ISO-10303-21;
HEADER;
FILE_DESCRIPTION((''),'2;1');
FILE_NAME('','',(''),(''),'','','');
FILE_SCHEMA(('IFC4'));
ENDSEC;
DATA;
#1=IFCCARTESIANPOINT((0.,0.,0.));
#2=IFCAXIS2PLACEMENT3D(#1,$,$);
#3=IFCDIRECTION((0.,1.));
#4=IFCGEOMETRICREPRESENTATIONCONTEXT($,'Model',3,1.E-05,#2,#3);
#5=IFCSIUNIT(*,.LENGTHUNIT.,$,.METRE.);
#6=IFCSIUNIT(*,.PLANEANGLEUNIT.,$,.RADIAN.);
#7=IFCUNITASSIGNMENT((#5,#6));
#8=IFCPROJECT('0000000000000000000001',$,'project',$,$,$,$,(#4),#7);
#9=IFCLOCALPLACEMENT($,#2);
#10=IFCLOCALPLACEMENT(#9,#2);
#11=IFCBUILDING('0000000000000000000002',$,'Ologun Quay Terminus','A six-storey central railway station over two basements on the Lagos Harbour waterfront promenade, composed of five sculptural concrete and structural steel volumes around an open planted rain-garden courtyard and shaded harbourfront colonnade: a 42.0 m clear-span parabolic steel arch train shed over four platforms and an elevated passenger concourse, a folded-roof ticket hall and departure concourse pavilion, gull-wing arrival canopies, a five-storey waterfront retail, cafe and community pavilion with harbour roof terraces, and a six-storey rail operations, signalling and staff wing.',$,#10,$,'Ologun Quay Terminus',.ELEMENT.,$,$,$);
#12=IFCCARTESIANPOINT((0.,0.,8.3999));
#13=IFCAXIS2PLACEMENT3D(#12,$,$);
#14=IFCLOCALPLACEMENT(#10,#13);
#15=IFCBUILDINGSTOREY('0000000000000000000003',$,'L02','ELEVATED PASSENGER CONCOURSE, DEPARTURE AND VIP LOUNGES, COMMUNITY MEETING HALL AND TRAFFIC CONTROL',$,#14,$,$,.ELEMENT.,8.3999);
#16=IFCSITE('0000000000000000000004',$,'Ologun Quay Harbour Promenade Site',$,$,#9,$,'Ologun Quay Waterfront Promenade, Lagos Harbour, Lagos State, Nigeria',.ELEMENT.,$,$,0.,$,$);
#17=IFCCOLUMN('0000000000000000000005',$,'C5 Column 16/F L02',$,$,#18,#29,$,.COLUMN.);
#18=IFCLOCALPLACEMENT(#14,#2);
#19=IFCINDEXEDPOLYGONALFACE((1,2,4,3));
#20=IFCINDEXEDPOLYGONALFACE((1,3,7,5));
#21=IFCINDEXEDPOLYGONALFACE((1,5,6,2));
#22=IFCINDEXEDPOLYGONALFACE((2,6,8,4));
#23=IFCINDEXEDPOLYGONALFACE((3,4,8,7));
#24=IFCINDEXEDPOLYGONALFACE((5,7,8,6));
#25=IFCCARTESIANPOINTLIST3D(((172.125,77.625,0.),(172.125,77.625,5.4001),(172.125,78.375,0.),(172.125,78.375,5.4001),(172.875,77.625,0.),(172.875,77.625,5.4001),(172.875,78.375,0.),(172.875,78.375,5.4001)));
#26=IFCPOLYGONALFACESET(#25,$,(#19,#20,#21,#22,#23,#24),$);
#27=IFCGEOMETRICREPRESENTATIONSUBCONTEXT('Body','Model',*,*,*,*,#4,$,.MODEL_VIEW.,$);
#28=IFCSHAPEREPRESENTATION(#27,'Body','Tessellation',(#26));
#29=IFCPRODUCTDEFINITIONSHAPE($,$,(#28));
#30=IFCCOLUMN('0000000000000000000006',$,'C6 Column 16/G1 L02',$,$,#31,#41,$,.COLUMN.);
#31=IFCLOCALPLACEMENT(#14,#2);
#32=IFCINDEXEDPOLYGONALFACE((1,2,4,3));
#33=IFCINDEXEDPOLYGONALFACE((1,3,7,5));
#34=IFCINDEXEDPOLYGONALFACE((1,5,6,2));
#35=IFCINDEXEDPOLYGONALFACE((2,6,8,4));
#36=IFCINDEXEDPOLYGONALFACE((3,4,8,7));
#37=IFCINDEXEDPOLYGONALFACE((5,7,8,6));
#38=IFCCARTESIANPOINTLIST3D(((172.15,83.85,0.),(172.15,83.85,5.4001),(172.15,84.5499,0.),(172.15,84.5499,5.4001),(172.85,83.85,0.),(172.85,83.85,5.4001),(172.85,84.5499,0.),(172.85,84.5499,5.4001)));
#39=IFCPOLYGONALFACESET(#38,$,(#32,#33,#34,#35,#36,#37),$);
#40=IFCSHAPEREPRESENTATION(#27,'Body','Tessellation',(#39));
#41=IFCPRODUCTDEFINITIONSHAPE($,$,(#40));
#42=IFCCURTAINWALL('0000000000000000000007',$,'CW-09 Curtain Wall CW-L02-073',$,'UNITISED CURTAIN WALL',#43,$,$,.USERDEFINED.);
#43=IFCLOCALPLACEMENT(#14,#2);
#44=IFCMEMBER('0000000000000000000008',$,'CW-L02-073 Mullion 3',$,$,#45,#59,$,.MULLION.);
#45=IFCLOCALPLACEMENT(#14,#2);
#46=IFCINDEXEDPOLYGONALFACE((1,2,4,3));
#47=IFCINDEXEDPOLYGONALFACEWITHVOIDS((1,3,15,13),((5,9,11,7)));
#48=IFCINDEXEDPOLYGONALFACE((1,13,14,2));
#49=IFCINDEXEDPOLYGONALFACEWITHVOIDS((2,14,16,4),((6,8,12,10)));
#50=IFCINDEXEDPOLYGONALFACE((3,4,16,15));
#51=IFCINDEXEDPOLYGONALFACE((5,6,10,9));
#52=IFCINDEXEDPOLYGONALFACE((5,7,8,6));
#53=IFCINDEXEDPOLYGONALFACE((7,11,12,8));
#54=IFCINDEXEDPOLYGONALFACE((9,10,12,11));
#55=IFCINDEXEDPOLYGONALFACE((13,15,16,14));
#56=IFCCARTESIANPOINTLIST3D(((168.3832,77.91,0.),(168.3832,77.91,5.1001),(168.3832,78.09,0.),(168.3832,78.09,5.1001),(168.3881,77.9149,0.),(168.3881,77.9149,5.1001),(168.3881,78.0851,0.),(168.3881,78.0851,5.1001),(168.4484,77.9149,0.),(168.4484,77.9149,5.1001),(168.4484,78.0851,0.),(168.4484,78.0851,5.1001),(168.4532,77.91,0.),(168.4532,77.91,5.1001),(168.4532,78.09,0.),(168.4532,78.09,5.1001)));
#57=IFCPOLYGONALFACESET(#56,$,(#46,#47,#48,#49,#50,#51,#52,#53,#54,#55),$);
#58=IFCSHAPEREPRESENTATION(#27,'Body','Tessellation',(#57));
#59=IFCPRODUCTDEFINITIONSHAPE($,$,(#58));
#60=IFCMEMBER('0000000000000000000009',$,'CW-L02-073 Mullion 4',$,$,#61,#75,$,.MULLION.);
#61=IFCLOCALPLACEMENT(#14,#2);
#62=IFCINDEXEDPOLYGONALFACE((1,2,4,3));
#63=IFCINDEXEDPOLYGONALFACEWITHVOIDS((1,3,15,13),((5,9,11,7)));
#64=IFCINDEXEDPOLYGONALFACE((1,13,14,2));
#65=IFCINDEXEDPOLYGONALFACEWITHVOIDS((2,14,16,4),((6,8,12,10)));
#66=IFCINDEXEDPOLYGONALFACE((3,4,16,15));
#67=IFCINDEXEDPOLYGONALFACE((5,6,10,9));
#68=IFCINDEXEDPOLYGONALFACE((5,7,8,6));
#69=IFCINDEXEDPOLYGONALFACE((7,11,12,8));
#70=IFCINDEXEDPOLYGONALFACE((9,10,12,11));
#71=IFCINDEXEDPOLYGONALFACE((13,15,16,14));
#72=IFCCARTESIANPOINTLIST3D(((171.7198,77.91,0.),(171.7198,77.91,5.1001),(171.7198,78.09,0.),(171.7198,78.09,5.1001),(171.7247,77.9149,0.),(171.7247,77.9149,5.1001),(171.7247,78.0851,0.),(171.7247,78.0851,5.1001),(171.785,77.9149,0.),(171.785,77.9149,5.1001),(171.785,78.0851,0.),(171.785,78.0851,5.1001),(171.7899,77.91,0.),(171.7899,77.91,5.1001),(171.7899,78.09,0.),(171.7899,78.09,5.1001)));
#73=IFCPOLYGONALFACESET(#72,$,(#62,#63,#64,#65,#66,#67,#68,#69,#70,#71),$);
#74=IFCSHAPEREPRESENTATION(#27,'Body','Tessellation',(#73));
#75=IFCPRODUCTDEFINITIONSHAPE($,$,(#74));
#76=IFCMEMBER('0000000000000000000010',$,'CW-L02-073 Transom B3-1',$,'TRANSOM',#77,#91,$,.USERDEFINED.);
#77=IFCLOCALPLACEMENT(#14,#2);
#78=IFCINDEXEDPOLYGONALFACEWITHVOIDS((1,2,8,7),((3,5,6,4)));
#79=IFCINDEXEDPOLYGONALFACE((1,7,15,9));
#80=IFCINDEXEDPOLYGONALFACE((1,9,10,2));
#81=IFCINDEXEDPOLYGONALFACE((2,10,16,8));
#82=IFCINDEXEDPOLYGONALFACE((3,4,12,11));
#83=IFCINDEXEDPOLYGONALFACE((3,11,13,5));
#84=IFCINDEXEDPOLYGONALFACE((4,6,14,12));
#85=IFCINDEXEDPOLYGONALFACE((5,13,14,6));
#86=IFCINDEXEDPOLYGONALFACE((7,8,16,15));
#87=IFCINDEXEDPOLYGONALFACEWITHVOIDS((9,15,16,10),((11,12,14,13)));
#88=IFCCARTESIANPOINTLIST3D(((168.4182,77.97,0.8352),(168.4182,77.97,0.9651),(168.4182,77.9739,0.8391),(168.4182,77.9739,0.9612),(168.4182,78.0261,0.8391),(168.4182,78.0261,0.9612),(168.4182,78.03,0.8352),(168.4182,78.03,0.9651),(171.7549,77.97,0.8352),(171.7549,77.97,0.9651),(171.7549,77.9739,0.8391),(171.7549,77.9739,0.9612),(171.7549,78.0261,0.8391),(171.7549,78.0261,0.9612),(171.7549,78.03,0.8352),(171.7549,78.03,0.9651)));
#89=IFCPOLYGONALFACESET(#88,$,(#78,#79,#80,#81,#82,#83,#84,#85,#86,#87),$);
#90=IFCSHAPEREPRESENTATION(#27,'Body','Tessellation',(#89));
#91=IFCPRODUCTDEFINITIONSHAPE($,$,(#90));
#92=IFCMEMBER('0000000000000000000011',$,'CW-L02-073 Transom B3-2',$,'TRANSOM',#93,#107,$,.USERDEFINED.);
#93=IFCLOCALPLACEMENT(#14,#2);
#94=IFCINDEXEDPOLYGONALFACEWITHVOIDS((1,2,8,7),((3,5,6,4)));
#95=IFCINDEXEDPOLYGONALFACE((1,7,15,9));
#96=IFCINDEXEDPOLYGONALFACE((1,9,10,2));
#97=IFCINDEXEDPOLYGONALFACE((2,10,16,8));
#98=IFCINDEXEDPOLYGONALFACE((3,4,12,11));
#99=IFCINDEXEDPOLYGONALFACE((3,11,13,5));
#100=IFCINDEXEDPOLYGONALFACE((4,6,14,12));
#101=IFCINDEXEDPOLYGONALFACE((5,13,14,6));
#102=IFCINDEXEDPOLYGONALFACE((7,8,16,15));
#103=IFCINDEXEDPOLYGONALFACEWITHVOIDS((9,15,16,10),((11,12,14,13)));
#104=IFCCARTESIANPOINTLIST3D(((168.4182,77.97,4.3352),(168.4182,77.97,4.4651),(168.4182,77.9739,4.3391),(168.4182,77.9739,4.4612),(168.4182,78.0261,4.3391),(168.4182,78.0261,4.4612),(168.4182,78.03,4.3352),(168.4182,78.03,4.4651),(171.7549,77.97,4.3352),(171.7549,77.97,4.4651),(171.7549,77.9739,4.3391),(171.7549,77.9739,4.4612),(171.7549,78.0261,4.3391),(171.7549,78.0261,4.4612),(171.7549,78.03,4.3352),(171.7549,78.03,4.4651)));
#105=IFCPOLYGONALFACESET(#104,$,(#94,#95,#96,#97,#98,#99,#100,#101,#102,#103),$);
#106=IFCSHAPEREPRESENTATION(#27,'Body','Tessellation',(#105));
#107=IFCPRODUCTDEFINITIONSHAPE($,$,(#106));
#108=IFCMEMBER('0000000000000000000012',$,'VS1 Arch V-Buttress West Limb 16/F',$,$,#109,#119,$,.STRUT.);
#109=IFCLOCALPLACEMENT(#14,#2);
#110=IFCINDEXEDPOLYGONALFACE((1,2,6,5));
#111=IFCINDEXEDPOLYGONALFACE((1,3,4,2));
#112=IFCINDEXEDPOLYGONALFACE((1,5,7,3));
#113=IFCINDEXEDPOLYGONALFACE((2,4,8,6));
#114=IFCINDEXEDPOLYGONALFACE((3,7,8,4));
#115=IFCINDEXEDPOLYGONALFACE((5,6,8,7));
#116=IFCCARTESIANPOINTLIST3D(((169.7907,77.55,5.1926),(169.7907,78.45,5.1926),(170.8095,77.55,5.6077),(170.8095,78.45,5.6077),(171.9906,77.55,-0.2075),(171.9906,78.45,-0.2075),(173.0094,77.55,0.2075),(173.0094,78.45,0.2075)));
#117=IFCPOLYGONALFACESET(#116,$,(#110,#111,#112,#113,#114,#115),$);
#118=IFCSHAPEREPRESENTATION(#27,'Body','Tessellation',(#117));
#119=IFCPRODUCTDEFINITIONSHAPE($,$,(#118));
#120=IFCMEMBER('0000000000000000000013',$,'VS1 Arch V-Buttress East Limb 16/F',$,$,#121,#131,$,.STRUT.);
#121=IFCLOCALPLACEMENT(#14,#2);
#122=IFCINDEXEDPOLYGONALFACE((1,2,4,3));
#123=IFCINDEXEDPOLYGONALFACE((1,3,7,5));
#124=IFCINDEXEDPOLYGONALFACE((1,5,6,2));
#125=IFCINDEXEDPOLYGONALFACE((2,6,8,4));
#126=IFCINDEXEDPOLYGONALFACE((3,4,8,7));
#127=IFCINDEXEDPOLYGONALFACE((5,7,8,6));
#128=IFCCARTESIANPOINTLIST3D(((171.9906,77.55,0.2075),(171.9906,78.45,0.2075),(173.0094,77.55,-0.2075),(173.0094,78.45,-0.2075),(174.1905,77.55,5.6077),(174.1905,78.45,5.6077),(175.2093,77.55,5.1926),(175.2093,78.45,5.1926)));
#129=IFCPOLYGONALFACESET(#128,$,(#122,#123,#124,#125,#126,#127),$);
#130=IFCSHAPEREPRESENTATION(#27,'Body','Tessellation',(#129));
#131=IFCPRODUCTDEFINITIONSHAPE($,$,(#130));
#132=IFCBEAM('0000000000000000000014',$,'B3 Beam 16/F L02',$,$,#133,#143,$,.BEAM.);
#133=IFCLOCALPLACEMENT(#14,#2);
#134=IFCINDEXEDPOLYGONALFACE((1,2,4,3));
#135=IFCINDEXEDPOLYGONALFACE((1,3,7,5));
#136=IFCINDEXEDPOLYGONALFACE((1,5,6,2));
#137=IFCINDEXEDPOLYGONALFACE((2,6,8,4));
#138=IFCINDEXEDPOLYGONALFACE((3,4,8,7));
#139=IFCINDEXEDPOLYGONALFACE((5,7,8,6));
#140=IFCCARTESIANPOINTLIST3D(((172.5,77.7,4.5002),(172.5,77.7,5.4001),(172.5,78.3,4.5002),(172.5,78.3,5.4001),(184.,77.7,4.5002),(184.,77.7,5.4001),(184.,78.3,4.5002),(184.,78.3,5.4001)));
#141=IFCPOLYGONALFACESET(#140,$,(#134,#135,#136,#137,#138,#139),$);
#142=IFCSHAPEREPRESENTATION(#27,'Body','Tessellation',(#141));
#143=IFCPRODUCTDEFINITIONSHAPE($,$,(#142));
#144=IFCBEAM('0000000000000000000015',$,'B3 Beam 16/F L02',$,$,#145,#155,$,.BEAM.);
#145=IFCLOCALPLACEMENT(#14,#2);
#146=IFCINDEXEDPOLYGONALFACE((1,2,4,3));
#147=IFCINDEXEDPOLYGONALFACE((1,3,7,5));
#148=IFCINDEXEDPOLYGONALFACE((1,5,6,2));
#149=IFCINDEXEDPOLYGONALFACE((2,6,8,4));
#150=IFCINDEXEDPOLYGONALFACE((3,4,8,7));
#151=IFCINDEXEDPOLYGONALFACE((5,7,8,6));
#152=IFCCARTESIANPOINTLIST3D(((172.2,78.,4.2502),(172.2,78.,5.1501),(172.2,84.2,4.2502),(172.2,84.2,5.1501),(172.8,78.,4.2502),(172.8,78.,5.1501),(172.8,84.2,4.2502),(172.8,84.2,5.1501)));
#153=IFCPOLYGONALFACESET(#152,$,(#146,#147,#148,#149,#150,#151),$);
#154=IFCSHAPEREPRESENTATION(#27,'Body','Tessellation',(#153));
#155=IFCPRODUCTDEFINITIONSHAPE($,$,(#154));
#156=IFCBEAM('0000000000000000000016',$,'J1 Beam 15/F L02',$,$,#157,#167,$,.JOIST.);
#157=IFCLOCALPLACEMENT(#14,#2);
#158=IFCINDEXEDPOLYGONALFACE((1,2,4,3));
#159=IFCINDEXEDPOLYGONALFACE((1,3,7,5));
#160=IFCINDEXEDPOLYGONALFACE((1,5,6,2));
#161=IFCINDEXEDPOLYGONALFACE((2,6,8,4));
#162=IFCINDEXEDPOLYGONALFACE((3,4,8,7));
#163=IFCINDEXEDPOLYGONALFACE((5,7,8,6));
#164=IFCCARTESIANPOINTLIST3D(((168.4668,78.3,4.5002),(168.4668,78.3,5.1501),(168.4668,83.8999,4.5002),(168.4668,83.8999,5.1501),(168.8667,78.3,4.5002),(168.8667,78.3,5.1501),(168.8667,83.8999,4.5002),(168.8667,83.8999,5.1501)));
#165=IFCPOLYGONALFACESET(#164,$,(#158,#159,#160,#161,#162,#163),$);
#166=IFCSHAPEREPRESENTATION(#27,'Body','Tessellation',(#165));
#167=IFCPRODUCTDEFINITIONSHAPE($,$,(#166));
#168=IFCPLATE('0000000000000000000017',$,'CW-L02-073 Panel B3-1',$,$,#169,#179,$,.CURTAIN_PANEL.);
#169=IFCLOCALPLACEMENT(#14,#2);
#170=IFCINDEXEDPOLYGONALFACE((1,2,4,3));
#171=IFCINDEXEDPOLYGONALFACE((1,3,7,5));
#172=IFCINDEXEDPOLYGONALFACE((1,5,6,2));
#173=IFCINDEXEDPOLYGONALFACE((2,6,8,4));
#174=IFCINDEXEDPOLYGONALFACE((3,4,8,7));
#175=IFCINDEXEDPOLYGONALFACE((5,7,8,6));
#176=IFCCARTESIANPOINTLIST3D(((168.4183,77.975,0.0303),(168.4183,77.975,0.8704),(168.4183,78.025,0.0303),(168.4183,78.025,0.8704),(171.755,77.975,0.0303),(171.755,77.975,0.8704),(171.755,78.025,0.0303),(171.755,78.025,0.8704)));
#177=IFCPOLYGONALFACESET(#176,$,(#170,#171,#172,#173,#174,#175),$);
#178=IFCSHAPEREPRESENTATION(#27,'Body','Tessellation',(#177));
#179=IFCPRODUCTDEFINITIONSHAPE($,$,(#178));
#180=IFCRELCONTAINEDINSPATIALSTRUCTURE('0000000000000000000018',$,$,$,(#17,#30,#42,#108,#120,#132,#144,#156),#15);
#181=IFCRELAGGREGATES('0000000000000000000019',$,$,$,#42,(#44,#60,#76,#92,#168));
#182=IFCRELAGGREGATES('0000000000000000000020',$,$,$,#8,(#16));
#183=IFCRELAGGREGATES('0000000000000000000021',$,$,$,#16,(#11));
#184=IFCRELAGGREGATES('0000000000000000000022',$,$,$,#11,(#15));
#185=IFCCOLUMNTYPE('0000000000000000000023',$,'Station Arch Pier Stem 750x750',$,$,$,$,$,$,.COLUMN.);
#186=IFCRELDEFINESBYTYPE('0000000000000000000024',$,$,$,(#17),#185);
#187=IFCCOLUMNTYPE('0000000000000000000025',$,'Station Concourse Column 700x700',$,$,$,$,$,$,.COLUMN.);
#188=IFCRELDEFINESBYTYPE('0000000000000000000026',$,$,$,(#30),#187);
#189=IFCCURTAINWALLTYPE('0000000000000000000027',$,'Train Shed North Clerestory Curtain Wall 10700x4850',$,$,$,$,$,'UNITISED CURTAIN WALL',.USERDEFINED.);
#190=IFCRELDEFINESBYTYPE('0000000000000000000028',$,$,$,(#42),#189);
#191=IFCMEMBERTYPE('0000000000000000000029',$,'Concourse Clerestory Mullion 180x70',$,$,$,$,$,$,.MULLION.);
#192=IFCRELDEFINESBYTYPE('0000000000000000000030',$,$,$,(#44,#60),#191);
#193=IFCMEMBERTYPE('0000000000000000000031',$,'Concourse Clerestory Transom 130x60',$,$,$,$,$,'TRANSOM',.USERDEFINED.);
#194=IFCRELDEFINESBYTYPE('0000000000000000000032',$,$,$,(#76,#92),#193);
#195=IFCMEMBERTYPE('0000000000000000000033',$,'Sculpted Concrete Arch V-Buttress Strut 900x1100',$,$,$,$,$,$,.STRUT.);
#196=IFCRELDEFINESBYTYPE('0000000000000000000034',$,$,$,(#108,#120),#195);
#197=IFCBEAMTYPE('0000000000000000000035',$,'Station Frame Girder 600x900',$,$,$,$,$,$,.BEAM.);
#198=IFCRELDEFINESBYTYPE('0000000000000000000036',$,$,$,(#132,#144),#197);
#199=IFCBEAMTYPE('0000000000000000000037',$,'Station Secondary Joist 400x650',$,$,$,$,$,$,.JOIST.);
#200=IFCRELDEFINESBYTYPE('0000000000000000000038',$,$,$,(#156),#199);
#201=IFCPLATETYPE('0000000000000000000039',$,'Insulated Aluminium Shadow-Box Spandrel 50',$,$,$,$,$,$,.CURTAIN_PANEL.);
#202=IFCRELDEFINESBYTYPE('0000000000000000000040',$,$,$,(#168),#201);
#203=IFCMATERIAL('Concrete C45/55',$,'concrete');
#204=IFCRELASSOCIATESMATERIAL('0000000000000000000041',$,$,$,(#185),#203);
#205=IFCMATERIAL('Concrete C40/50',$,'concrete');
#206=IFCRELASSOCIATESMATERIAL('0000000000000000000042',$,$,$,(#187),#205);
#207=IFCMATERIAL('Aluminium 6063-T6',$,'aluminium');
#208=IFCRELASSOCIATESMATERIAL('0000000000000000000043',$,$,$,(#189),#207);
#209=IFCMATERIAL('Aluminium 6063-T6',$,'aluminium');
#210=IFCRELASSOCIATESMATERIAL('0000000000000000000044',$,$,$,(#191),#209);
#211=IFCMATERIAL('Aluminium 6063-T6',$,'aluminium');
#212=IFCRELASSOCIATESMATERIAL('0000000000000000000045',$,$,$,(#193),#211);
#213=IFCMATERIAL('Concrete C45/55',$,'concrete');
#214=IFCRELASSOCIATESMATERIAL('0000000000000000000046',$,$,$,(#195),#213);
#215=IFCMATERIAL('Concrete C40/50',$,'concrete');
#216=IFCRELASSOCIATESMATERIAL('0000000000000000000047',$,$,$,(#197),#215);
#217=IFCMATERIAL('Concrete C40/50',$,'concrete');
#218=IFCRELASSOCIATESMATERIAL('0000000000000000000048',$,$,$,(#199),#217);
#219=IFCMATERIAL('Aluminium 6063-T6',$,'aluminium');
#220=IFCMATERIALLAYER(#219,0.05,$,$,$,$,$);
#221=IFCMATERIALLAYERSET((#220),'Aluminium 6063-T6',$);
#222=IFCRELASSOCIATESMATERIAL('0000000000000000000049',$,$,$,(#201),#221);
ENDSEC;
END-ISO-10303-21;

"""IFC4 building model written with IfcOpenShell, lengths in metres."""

from ifc_helpers import new_model, si_unit, direction, frame, origin, origin_2d, place, context, subcontext, project, spatial, rectangle, hollow_rectangle, extrude, material, layer, layer_set, material_profile, profile_set, type_object, element, aggregate, save


model = new_model("IFC4")

# Units and contexts
model_context = context("Model", 3, precision=1e-05, world=origin(), true_north=direction((0.0, 1.0)))
body_context = subcontext(model_context, "Body", "Model", "MODEL_VIEW")
ifc_project = project(units=[si_unit("LENGTHUNIT", "METRE"), si_unit("PLANEANGLEUNIT", "RADIAN")], contexts=[model_context])

# Site, building, storey
site_placement = place(None, origin())
site = spatial("IfcSite", under=ifc_project, at=site_placement, Name="Ologun Quay Harbour Promenade Site", LongName="Ologun Quay Waterfront Promenade, Lagos Harbour, Lagos State, Nigeria", CompositionType="ELEMENT", RefElevation=0.0)
building_placement = place(site_placement, origin())
building = spatial("IfcBuilding", under=site, at=building_placement, Name="Ologun Quay Terminus", Description="A six-storey central railway station over two basements on the Lagos Harbour waterfront promenade, composed of five sculptural concrete and structural steel volumes around an open planted rain-garden courtyard and shaded harbourfront colonnade: a 42.0 m clear-span parabolic steel arch train shed over four platforms and an elevated passenger concourse, a folded-roof ticket hall and departure concourse pavilion, gull-wing arrival canopies, a five-storey waterfront retail, cafe and community pavilion with harbour roof terraces, and a six-storey rail operations, signalling and staff wing.", LongName="Ologun Quay Terminus", CompositionType="ELEMENT")
storey_placement = place(building_placement, frame((0.0, 0.0, 8.3999)))
storey = spatial("IfcBuildingStorey", under=building, at=storey_placement, Name="L02", Description="ELEVATED PASSENGER CONCOURSE, DEPARTURE AND VIP LOUNGES, COMMUNITY MEETING HALL AND TRAFFIC CONTROL", CompositionType="ELEMENT", Elevation=8.3999)

# Columns
ifc_material_1 = material(Name="Concrete C45/55", Category="concrete")
ifc_material_profile_1 = material_profile(ifc_material_1, rectangle(XDim=0.75, YDim=0.75, at=origin_2d()), Name="RC 750x750")
ifc_profile_set_1 = profile_set([ifc_material_profile_1], Name="Concrete C45/55")
column_type_1 = type_object("IfcColumnType", Name="Station Arch Pier Stem 750x750", PredefinedType="COLUMN", material=ifc_profile_set_1)
column_1_placement = place(storey_placement, frame((172.5, 78.0, 0.0), z_axis=(0.0, 0.0, 1.0), x_axis=(1.0, 0.0, 0.0)))
element("IfcColumn", 1, at=column_1_placement, inside=storey, type_object=column_type_1, Name="C5 Column 16/F L02", PredefinedType="COLUMN", context=body_context, shape_type="SweptSolid", body=[
    extrude(rectangle(XDim=0.75, YDim=0.75, at=origin_2d()), origin(), (0.0, 0.0, 1.0), 5.4001),
])
ifc_material_2 = material(Name="Concrete C40/50", Category="concrete")
ifc_material_profile_2 = material_profile(ifc_material_2, rectangle(XDim=0.7, YDim=0.7, at=origin_2d()), Name="RC 700x700")
ifc_profile_set_2 = profile_set([ifc_material_profile_2], Name="Concrete C40/50")
column_type_2 = type_object("IfcColumnType", Name="Station Concourse Column 700x700", PredefinedType="COLUMN", material=ifc_profile_set_2)
column_2_placement = place(storey_placement, frame((172.5, 84.2, 0.0), z_axis=(0.0, 0.0, 1.0), x_axis=(1.0, 0.0, 0.0)))
element("IfcColumn", 2, at=column_2_placement, inside=storey, type_object=column_type_2, Name="C6 Column 16/G1 L02", PredefinedType="COLUMN", context=body_context, shape_type="SweptSolid", body=[
    extrude(rectangle(XDim=0.7, YDim=0.7, at=origin_2d()), origin(), (0.0, 0.0, 1.0), 5.4001),
])

# Curtain wall, members
ifc_material_3 = material(Name="Aluminium 6063-T6", Category="aluminium")
curtain_wall_type = type_object("IfcCurtainWallType", Name="Train Shed North Clerestory Curtain Wall 10700x4850", ElementType="UNITISED CURTAIN WALL", PredefinedType="USERDEFINED", material=ifc_material_3)
curtain_wall_placement = place(storey_placement, origin())
curtain_wall = element("IfcCurtainWall", 3, at=curtain_wall_placement, inside=storey, type_object=curtain_wall_type, Name="CW-09 Curtain Wall CW-L02-073", ObjectType="UNITISED CURTAIN WALL", PredefinedType="USERDEFINED")
ifc_material_4 = material(Name="Aluminium 6063-T6", Category="aluminium")
ifc_material_profile_3 = material_profile(ifc_material_4, hollow_rectangle(XDim=0.0701, YDim=0.1799, WallThickness=0.0049, at=origin_2d()), Name="ALU 180x70x5")
ifc_profile_set_3 = profile_set([ifc_material_profile_3], Name="Aluminium 6063-T6")
member_type_1 = type_object("IfcMemberType", Name="Concourse Clerestory Mullion 180x70", PredefinedType="MULLION", material=ifc_profile_set_3)
member_1_placement = place(storey_placement, frame((168.4182, 78.0, 0.0), z_axis=(0.0, 0.0, 1.0), x_axis=(1.0, 0.0, 0.0)))
member_1 = element("IfcMember", 4, at=member_1_placement, type_object=member_type_1, Name="CW-L02-073 Mullion 3", PredefinedType="MULLION", context=body_context, shape_type="SweptSolid", body=[
    extrude(hollow_rectangle(XDim=0.0701, YDim=0.1799, WallThickness=0.0049, at=origin_2d()), origin(), (0.0, 0.0, 1.0), 5.1001),
])
member_2_placement = place(storey_placement, frame((171.7549, 78.0, 0.0), z_axis=(0.0, 0.0, 1.0), x_axis=(1.0, 0.0, 0.0)))
member_2 = element("IfcMember", 5, at=member_2_placement, type_object=member_type_1, Name="CW-L02-073 Mullion 4", PredefinedType="MULLION", context=body_context, shape_type="SweptSolid", body=[
    extrude(hollow_rectangle(XDim=0.0701, YDim=0.1799, WallThickness=0.0049, at=origin_2d()), origin(), (0.0, 0.0, 1.0), 5.1001),
])
ifc_material_5 = material(Name="Aluminium 6063-T6", Category="aluminium")
ifc_material_profile_4 = material_profile(ifc_material_5, hollow_rectangle(XDim=0.0601, YDim=0.1299, WallThickness=0.0039, at=origin_2d()), Name="ALU 130x60x4")
ifc_profile_set_4 = profile_set([ifc_material_profile_4], Name="Aluminium 6063-T6")
member_type_2 = type_object("IfcMemberType", Name="Concourse Clerestory Transom 130x60", ElementType="TRANSOM", PredefinedType="USERDEFINED", material=ifc_profile_set_4)
member_3_placement = place(storey_placement, frame((168.4182, 78.0, 0.9001), z_axis=(1.0, 0.0, 0.0), x_axis=(0.0, 1.0, 0.0)))
member_3 = element("IfcMember", 6, at=member_3_placement, type_object=member_type_2, Name="CW-L02-073 Transom B3-1", ObjectType="TRANSOM", PredefinedType="USERDEFINED", context=body_context, shape_type="SweptSolid", body=[
    extrude(hollow_rectangle(XDim=0.0601, YDim=0.1299, WallThickness=0.0039, at=origin_2d()), origin(), (0.0, 0.0, 1.0), 3.3367),
])
member_4_placement = place(storey_placement, frame((168.4182, 78.0, 4.4001), z_axis=(1.0, 0.0, 0.0), x_axis=(0.0, 1.0, 0.0)))
member_4 = element("IfcMember", 7, at=member_4_placement, type_object=member_type_2, Name="CW-L02-073 Transom B3-2", ObjectType="TRANSOM", PredefinedType="USERDEFINED", context=body_context, shape_type="SweptSolid", body=[
    extrude(hollow_rectangle(XDim=0.0601, YDim=0.1299, WallThickness=0.0039, at=origin_2d()), origin(), (0.0, 0.0, 1.0), 3.3367),
])

# Members
ifc_material_6 = material(Name="Concrete C45/55", Category="concrete")
ifc_material_profile_5 = material_profile(ifc_material_6, rectangle(XDim=0.8999, YDim=1.1001, at=origin_2d()), Name="RC 900x1100")
ifc_profile_set_5 = profile_set([ifc_material_profile_5], Name="Concrete C45/55")
member_type_3 = type_object("IfcMemberType", Name="Sculpted Concrete Arch V-Buttress Strut 900x1100", PredefinedType="STRUT", material=ifc_profile_set_5)
for number, where, z_axis, x_axis, name in (
    (8, (172.5, 78.0, 0.0), (-0.377281, 0.0, 0.926099), (0.0, -1.0, 0.0), "VS1 Arch V-Buttress West Limb 16/F"),
    (9, (172.5, 78.0, 0.0), (0.377281, 0.0, 0.926099), (0.0, 1.0, 0.0), "VS1 Arch V-Buttress East Limb 16/F"),
):
    element("IfcMember", number, at=place(storey_placement, frame(where, z_axis=z_axis, x_axis=x_axis)), inside=storey, type_object=member_type_3, Name=name, PredefinedType="STRUT", context=body_context, shape_type="SweptSolid", body=[
        extrude(rectangle(XDim=0.8999, YDim=1.1001, at=origin_2d()), origin(), (0.0, 0.0, 1.0), 5.8311),
    ])

# Beams
ifc_material_7 = material(Name="Concrete C40/50", Category="concrete")
ifc_material_profile_6 = material_profile(ifc_material_7, rectangle(XDim=0.6001, YDim=0.8999, at=origin_2d()), Name="RC 600x900")
ifc_profile_set_6 = profile_set([ifc_material_profile_6], Name="Concrete C40/50")
beam_type_1 = type_object("IfcBeamType", Name="Station Frame Girder 600x900", PredefinedType="BEAM", material=ifc_profile_set_6)
beam_1_placement = place(storey_placement, frame((172.5, 78.0, 4.9502), z_axis=(1.0, 0.0, 0.0), x_axis=(0.0, 1.0, 0.0)))
element("IfcBeam", 10, at=beam_1_placement, inside=storey, type_object=beam_type_1, Name="B3 Beam 16/F L02", PredefinedType="BEAM", context=body_context, shape_type="SweptSolid", body=[
    extrude(rectangle(XDim=0.6001, YDim=0.8999, at=origin_2d()), origin(), (0.0, 0.0, 1.0), 11.5),
])
beam_2_placement = place(storey_placement, frame((172.5, 78.0, 4.7002), z_axis=(0.0, 1.0, 0.0), x_axis=(-1.0, 0.0, 0.0)))
element("IfcBeam", 11, at=beam_2_placement, inside=storey, type_object=beam_type_1, Name="B3 Beam 16/F L02", PredefinedType="BEAM", context=body_context, shape_type="SweptSolid", body=[
    extrude(rectangle(XDim=0.6001, YDim=0.8999, at=origin_2d()), origin(), (0.0, 0.0, 1.0), 6.2),
])
ifc_material_8 = material(Name="Concrete C40/50", Category="concrete")
ifc_material_profile_7 = material_profile(ifc_material_8, rectangle(XDim=0.3999, YDim=0.6499, at=origin_2d()), Name="RC 400x650")
ifc_profile_set_7 = profile_set([ifc_material_profile_7], Name="Concrete C40/50")
beam_type_2 = type_object("IfcBeamType", Name="Station Secondary Joist 400x650", PredefinedType="JOIST", material=ifc_profile_set_7)
beam_3_placement = place(storey_placement, frame((168.6667, 78.3, 4.8252), z_axis=(0.0, 1.0, 0.0), x_axis=(-1.0, 0.0, 0.0)))
element("IfcBeam", 12, at=beam_3_placement, inside=storey, type_object=beam_type_2, Name="J1 Beam 15/F L02", PredefinedType="JOIST", context=body_context, shape_type="SweptSolid", body=[
    extrude(rectangle(XDim=0.3999, YDim=0.6499, at=origin_2d()), origin(), (0.0, 0.0, 1.0), 5.5999),
])

# Plate
ifc_material_9 = material(Name="Aluminium 6063-T6", Category="aluminium")
ifc_layer_1 = layer(ifc_material_9, 0.05)
ifc_layer_set_1 = layer_set([ifc_layer_1], Name="Aluminium 6063-T6")
plate_type_1 = type_object("IfcPlateType", Name="Insulated Aluminium Shadow-Box Spandrel 50", PredefinedType="CURTAIN_PANEL", material=ifc_layer_set_1)
plate_1_placement = place(storey_placement, frame((170.0867, 78.0, 0.0303), z_axis=(0.0, 0.0, 1.0), x_axis=(1.0, 0.0, 0.0)))
plate_1 = element("IfcPlate", 13, at=plate_1_placement, type_object=plate_type_1, Name="CW-L02-073 Panel B3-1", PredefinedType="CURTAIN_PANEL", context=body_context, shape_type="SweptSolid", body=[
    extrude(rectangle(XDim=3.3367, YDim=0.05, at=origin_2d()), origin(), (0.0, 0.0, 1.0), 0.8401),
])
aggregate(curtain_wall, [member_1, member_2, member_3, member_4, plate_1])

save(model, "model.ifc")
